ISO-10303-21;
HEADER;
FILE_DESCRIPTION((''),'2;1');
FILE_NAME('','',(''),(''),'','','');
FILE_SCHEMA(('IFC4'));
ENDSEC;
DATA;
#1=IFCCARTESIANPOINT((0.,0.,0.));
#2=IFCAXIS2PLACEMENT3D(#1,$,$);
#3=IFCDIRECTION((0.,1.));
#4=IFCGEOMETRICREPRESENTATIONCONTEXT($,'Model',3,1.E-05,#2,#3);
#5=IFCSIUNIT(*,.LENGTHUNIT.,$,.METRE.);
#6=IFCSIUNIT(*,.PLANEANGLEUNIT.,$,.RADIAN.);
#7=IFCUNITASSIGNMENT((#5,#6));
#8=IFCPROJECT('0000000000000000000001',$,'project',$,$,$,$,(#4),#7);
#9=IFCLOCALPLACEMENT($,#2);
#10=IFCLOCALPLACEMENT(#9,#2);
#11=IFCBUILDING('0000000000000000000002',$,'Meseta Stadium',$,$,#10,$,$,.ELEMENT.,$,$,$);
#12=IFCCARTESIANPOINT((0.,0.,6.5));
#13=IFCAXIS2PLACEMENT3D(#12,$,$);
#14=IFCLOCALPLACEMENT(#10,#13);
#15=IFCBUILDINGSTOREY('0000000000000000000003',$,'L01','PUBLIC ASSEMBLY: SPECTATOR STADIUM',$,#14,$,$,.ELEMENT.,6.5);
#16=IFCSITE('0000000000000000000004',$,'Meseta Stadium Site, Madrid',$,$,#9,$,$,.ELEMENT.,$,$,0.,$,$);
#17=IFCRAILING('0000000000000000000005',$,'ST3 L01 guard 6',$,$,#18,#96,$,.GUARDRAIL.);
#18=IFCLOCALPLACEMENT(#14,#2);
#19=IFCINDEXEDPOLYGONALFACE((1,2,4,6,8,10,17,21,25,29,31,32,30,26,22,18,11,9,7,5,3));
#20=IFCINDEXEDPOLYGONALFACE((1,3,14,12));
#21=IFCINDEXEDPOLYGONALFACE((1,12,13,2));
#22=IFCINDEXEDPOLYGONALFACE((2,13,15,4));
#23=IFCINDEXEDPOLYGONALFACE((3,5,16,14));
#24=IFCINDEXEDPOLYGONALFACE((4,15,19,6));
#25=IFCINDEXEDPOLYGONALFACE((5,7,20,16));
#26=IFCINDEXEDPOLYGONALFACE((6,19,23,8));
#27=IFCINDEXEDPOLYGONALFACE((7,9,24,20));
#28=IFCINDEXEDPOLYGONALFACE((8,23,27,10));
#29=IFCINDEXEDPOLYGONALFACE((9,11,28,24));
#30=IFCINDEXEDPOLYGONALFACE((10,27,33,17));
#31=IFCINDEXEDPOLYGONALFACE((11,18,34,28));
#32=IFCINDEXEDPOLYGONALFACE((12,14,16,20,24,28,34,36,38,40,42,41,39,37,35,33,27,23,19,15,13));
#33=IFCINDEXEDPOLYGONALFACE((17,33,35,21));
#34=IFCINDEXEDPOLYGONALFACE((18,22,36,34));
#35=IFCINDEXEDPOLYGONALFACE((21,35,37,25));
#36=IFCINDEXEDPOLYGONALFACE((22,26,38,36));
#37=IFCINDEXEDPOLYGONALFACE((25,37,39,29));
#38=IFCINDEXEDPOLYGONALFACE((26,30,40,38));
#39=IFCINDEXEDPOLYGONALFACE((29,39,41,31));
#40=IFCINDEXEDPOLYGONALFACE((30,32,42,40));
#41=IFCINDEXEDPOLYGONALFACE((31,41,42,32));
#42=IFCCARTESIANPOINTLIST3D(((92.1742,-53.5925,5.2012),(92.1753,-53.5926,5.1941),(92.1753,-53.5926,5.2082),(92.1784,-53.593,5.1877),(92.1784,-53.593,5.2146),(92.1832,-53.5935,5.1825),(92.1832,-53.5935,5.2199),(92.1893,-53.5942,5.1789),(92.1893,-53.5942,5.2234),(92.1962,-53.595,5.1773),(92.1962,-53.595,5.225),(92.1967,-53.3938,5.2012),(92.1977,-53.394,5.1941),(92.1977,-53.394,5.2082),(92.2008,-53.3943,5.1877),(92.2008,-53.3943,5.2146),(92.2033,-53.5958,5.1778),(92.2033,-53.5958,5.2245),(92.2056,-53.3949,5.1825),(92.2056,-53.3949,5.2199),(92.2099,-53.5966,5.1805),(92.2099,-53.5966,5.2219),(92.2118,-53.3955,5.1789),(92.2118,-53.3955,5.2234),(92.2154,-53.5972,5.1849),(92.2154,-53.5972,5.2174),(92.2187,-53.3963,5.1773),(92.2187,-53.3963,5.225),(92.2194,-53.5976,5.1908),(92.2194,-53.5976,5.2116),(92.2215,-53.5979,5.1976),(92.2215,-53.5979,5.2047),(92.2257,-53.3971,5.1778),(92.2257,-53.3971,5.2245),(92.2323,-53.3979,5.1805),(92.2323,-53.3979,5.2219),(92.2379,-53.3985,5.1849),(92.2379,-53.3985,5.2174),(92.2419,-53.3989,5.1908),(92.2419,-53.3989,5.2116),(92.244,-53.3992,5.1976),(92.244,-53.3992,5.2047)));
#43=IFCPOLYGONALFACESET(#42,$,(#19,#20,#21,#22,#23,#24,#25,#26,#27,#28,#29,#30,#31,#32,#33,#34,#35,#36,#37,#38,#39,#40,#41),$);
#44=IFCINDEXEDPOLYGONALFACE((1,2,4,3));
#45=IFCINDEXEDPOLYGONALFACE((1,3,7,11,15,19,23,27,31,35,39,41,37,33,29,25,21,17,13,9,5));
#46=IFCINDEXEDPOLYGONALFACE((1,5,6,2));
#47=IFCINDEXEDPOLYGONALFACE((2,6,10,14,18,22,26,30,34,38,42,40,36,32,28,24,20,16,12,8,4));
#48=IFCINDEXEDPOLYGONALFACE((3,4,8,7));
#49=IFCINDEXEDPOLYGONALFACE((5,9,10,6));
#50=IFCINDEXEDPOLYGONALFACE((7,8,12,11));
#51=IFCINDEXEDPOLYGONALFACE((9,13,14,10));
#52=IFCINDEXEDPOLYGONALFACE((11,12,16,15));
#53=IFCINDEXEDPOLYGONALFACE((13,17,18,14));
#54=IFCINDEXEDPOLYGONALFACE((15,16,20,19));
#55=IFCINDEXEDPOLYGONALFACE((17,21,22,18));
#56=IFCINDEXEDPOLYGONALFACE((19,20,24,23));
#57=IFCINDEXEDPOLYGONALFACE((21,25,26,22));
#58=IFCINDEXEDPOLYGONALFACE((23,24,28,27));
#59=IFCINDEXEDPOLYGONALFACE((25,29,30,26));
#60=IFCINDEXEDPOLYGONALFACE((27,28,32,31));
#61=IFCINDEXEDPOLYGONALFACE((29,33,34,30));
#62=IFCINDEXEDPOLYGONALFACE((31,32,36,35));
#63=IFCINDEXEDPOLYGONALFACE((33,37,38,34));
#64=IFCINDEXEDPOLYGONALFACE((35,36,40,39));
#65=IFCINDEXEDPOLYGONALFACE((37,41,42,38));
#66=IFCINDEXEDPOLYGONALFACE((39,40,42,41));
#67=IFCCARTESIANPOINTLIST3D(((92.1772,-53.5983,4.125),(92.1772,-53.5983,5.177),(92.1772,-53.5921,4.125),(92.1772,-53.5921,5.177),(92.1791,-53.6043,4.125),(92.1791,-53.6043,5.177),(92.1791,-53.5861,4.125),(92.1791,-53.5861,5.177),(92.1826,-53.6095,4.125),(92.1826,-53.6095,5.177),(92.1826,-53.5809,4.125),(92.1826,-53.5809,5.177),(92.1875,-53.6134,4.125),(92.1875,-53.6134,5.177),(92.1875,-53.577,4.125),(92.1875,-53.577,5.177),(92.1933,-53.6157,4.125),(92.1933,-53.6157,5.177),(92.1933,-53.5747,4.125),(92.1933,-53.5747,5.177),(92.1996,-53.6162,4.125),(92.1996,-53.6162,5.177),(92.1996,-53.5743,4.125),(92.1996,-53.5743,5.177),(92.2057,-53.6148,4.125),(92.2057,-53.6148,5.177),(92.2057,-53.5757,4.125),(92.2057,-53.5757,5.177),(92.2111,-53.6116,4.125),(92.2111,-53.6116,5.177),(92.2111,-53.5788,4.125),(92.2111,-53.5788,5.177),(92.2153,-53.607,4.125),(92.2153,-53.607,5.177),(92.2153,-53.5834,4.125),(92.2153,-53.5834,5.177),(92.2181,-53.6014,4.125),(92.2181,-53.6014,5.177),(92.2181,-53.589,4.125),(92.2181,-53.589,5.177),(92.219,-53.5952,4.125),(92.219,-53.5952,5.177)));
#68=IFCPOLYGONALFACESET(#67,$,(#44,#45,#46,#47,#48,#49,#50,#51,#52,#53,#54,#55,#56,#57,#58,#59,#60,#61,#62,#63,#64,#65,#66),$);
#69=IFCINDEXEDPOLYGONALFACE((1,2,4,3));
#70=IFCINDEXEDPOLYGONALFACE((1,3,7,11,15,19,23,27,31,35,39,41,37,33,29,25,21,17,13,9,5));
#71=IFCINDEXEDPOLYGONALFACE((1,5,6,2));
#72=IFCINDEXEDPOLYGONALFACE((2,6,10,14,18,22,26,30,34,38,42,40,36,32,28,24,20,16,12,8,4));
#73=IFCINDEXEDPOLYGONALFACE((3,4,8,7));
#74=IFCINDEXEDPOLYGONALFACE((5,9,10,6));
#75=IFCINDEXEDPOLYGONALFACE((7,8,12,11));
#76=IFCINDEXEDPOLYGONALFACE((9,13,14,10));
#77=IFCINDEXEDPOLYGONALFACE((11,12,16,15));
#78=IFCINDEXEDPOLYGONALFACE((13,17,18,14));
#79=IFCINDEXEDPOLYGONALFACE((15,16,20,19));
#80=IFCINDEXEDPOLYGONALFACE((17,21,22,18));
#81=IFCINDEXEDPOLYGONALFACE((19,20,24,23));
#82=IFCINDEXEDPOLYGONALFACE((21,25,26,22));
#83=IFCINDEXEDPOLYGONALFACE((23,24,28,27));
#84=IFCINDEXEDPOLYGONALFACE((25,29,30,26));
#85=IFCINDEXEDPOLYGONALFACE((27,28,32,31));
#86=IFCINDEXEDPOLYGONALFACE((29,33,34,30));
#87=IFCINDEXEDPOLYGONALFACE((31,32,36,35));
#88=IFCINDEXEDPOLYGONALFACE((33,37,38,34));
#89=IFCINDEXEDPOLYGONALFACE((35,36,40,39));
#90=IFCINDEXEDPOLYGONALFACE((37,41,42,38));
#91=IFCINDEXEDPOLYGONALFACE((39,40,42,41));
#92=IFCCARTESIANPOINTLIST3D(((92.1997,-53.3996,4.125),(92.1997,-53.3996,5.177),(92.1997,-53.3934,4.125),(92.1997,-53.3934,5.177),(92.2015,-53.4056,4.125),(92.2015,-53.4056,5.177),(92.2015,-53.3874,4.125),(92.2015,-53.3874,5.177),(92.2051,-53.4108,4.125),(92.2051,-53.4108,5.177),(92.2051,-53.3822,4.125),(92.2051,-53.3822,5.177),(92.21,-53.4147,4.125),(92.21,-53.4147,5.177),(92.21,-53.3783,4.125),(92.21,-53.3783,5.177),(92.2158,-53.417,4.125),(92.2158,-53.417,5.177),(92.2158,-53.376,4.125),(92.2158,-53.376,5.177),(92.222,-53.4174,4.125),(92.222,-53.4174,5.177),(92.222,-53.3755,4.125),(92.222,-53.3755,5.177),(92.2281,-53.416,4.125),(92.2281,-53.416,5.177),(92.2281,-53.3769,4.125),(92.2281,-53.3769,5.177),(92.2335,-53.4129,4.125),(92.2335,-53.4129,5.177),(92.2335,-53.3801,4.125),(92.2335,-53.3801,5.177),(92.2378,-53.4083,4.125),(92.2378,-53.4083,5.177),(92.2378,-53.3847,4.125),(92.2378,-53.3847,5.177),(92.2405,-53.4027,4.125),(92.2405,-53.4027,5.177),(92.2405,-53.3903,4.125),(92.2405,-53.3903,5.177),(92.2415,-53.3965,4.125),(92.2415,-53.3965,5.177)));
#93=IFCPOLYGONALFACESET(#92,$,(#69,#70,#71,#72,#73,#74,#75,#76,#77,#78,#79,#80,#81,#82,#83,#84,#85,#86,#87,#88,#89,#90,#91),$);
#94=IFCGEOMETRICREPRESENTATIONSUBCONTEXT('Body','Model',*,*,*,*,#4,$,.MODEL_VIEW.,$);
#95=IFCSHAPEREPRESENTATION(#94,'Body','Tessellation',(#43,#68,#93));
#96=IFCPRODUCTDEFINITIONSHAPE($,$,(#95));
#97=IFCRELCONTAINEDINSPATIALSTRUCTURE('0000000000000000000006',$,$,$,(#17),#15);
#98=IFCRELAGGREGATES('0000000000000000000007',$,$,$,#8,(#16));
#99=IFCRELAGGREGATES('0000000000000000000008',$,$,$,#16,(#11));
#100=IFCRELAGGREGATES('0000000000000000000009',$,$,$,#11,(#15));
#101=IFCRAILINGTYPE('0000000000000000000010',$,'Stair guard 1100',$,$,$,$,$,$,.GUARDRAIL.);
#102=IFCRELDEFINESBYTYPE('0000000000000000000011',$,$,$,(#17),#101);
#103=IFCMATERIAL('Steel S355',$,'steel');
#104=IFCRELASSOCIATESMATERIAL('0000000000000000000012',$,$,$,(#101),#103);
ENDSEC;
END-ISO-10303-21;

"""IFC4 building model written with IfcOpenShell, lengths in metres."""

from ifc_helpers import new_model, si_unit, direction, frame, origin, origin_2d, place, context, subcontext, project, spatial, circle, extrude, material, type_object, element, save


model = new_model("IFC4")

# Units and contexts
model_context = context("Model", 3, precision=1e-05, world=origin(), true_north=direction((0.0, 1.0)))
body_context = subcontext(model_context, "Body", "Model", "MODEL_VIEW")
ifc_project = project(units=[si_unit("LENGTHUNIT", "METRE"), si_unit("PLANEANGLEUNIT", "RADIAN")], contexts=[model_context])

# Site, building, storey
site_placement = place(None, origin())
site = spatial("IfcSite", under=ifc_project, at=site_placement, Name="Meseta Stadium Site, Madrid", CompositionType="ELEMENT", RefElevation=0.0)
building_placement = place(site_placement, origin())
building = spatial("IfcBuilding", under=site, at=building_placement, Name="Meseta Stadium", CompositionType="ELEMENT")
storey_placement = place(building_placement, frame((0.0, 0.0, 6.5)))
storey = spatial("IfcBuildingStorey", under=building, at=storey_placement, Name="L01", Description="PUBLIC ASSEMBLY: SPECTATOR STADIUM", CompositionType="ELEMENT", Elevation=6.5)

# Railing
ifc_material_1 = material(Name="Steel S355", Category="steel")
railing_type_1 = type_object("IfcRailingType", Name="Stair guard 1100", PredefinedType="GUARDRAIL", material=ifc_material_1)
railing_1_placement = place(storey_placement, frame((92.198, -53.5952, 4.125)))
element("IfcRailing", 1, at=railing_1_placement, inside=storey, type_object=railing_type_1, Name="ST3 L01 guard 6", PredefinedType="GUARDRAIL", context=body_context, shape_type="SweptSolid", body=[
    extrude(circle(Radius=0.0239, at=origin_2d()), frame((0.0, 0.0, 1.0762), z_axis=(0.112307, 0.993674, 0.0), x_axis=(-0.993674, 0.112307, 0.0)), (0.0, 0.0, 1.0), 0.2),
    extrude(circle(Radius=0.021, at=origin_2d()), origin(), (0.0, 0.0, 1.0), 1.052),
    extrude(circle(Radius=0.021, at=origin_2d()), frame((0.0225, 0.1987, 0.0)), (0.0, 0.0, 1.0), 1.052),
])

save(model, "model.ifc")
